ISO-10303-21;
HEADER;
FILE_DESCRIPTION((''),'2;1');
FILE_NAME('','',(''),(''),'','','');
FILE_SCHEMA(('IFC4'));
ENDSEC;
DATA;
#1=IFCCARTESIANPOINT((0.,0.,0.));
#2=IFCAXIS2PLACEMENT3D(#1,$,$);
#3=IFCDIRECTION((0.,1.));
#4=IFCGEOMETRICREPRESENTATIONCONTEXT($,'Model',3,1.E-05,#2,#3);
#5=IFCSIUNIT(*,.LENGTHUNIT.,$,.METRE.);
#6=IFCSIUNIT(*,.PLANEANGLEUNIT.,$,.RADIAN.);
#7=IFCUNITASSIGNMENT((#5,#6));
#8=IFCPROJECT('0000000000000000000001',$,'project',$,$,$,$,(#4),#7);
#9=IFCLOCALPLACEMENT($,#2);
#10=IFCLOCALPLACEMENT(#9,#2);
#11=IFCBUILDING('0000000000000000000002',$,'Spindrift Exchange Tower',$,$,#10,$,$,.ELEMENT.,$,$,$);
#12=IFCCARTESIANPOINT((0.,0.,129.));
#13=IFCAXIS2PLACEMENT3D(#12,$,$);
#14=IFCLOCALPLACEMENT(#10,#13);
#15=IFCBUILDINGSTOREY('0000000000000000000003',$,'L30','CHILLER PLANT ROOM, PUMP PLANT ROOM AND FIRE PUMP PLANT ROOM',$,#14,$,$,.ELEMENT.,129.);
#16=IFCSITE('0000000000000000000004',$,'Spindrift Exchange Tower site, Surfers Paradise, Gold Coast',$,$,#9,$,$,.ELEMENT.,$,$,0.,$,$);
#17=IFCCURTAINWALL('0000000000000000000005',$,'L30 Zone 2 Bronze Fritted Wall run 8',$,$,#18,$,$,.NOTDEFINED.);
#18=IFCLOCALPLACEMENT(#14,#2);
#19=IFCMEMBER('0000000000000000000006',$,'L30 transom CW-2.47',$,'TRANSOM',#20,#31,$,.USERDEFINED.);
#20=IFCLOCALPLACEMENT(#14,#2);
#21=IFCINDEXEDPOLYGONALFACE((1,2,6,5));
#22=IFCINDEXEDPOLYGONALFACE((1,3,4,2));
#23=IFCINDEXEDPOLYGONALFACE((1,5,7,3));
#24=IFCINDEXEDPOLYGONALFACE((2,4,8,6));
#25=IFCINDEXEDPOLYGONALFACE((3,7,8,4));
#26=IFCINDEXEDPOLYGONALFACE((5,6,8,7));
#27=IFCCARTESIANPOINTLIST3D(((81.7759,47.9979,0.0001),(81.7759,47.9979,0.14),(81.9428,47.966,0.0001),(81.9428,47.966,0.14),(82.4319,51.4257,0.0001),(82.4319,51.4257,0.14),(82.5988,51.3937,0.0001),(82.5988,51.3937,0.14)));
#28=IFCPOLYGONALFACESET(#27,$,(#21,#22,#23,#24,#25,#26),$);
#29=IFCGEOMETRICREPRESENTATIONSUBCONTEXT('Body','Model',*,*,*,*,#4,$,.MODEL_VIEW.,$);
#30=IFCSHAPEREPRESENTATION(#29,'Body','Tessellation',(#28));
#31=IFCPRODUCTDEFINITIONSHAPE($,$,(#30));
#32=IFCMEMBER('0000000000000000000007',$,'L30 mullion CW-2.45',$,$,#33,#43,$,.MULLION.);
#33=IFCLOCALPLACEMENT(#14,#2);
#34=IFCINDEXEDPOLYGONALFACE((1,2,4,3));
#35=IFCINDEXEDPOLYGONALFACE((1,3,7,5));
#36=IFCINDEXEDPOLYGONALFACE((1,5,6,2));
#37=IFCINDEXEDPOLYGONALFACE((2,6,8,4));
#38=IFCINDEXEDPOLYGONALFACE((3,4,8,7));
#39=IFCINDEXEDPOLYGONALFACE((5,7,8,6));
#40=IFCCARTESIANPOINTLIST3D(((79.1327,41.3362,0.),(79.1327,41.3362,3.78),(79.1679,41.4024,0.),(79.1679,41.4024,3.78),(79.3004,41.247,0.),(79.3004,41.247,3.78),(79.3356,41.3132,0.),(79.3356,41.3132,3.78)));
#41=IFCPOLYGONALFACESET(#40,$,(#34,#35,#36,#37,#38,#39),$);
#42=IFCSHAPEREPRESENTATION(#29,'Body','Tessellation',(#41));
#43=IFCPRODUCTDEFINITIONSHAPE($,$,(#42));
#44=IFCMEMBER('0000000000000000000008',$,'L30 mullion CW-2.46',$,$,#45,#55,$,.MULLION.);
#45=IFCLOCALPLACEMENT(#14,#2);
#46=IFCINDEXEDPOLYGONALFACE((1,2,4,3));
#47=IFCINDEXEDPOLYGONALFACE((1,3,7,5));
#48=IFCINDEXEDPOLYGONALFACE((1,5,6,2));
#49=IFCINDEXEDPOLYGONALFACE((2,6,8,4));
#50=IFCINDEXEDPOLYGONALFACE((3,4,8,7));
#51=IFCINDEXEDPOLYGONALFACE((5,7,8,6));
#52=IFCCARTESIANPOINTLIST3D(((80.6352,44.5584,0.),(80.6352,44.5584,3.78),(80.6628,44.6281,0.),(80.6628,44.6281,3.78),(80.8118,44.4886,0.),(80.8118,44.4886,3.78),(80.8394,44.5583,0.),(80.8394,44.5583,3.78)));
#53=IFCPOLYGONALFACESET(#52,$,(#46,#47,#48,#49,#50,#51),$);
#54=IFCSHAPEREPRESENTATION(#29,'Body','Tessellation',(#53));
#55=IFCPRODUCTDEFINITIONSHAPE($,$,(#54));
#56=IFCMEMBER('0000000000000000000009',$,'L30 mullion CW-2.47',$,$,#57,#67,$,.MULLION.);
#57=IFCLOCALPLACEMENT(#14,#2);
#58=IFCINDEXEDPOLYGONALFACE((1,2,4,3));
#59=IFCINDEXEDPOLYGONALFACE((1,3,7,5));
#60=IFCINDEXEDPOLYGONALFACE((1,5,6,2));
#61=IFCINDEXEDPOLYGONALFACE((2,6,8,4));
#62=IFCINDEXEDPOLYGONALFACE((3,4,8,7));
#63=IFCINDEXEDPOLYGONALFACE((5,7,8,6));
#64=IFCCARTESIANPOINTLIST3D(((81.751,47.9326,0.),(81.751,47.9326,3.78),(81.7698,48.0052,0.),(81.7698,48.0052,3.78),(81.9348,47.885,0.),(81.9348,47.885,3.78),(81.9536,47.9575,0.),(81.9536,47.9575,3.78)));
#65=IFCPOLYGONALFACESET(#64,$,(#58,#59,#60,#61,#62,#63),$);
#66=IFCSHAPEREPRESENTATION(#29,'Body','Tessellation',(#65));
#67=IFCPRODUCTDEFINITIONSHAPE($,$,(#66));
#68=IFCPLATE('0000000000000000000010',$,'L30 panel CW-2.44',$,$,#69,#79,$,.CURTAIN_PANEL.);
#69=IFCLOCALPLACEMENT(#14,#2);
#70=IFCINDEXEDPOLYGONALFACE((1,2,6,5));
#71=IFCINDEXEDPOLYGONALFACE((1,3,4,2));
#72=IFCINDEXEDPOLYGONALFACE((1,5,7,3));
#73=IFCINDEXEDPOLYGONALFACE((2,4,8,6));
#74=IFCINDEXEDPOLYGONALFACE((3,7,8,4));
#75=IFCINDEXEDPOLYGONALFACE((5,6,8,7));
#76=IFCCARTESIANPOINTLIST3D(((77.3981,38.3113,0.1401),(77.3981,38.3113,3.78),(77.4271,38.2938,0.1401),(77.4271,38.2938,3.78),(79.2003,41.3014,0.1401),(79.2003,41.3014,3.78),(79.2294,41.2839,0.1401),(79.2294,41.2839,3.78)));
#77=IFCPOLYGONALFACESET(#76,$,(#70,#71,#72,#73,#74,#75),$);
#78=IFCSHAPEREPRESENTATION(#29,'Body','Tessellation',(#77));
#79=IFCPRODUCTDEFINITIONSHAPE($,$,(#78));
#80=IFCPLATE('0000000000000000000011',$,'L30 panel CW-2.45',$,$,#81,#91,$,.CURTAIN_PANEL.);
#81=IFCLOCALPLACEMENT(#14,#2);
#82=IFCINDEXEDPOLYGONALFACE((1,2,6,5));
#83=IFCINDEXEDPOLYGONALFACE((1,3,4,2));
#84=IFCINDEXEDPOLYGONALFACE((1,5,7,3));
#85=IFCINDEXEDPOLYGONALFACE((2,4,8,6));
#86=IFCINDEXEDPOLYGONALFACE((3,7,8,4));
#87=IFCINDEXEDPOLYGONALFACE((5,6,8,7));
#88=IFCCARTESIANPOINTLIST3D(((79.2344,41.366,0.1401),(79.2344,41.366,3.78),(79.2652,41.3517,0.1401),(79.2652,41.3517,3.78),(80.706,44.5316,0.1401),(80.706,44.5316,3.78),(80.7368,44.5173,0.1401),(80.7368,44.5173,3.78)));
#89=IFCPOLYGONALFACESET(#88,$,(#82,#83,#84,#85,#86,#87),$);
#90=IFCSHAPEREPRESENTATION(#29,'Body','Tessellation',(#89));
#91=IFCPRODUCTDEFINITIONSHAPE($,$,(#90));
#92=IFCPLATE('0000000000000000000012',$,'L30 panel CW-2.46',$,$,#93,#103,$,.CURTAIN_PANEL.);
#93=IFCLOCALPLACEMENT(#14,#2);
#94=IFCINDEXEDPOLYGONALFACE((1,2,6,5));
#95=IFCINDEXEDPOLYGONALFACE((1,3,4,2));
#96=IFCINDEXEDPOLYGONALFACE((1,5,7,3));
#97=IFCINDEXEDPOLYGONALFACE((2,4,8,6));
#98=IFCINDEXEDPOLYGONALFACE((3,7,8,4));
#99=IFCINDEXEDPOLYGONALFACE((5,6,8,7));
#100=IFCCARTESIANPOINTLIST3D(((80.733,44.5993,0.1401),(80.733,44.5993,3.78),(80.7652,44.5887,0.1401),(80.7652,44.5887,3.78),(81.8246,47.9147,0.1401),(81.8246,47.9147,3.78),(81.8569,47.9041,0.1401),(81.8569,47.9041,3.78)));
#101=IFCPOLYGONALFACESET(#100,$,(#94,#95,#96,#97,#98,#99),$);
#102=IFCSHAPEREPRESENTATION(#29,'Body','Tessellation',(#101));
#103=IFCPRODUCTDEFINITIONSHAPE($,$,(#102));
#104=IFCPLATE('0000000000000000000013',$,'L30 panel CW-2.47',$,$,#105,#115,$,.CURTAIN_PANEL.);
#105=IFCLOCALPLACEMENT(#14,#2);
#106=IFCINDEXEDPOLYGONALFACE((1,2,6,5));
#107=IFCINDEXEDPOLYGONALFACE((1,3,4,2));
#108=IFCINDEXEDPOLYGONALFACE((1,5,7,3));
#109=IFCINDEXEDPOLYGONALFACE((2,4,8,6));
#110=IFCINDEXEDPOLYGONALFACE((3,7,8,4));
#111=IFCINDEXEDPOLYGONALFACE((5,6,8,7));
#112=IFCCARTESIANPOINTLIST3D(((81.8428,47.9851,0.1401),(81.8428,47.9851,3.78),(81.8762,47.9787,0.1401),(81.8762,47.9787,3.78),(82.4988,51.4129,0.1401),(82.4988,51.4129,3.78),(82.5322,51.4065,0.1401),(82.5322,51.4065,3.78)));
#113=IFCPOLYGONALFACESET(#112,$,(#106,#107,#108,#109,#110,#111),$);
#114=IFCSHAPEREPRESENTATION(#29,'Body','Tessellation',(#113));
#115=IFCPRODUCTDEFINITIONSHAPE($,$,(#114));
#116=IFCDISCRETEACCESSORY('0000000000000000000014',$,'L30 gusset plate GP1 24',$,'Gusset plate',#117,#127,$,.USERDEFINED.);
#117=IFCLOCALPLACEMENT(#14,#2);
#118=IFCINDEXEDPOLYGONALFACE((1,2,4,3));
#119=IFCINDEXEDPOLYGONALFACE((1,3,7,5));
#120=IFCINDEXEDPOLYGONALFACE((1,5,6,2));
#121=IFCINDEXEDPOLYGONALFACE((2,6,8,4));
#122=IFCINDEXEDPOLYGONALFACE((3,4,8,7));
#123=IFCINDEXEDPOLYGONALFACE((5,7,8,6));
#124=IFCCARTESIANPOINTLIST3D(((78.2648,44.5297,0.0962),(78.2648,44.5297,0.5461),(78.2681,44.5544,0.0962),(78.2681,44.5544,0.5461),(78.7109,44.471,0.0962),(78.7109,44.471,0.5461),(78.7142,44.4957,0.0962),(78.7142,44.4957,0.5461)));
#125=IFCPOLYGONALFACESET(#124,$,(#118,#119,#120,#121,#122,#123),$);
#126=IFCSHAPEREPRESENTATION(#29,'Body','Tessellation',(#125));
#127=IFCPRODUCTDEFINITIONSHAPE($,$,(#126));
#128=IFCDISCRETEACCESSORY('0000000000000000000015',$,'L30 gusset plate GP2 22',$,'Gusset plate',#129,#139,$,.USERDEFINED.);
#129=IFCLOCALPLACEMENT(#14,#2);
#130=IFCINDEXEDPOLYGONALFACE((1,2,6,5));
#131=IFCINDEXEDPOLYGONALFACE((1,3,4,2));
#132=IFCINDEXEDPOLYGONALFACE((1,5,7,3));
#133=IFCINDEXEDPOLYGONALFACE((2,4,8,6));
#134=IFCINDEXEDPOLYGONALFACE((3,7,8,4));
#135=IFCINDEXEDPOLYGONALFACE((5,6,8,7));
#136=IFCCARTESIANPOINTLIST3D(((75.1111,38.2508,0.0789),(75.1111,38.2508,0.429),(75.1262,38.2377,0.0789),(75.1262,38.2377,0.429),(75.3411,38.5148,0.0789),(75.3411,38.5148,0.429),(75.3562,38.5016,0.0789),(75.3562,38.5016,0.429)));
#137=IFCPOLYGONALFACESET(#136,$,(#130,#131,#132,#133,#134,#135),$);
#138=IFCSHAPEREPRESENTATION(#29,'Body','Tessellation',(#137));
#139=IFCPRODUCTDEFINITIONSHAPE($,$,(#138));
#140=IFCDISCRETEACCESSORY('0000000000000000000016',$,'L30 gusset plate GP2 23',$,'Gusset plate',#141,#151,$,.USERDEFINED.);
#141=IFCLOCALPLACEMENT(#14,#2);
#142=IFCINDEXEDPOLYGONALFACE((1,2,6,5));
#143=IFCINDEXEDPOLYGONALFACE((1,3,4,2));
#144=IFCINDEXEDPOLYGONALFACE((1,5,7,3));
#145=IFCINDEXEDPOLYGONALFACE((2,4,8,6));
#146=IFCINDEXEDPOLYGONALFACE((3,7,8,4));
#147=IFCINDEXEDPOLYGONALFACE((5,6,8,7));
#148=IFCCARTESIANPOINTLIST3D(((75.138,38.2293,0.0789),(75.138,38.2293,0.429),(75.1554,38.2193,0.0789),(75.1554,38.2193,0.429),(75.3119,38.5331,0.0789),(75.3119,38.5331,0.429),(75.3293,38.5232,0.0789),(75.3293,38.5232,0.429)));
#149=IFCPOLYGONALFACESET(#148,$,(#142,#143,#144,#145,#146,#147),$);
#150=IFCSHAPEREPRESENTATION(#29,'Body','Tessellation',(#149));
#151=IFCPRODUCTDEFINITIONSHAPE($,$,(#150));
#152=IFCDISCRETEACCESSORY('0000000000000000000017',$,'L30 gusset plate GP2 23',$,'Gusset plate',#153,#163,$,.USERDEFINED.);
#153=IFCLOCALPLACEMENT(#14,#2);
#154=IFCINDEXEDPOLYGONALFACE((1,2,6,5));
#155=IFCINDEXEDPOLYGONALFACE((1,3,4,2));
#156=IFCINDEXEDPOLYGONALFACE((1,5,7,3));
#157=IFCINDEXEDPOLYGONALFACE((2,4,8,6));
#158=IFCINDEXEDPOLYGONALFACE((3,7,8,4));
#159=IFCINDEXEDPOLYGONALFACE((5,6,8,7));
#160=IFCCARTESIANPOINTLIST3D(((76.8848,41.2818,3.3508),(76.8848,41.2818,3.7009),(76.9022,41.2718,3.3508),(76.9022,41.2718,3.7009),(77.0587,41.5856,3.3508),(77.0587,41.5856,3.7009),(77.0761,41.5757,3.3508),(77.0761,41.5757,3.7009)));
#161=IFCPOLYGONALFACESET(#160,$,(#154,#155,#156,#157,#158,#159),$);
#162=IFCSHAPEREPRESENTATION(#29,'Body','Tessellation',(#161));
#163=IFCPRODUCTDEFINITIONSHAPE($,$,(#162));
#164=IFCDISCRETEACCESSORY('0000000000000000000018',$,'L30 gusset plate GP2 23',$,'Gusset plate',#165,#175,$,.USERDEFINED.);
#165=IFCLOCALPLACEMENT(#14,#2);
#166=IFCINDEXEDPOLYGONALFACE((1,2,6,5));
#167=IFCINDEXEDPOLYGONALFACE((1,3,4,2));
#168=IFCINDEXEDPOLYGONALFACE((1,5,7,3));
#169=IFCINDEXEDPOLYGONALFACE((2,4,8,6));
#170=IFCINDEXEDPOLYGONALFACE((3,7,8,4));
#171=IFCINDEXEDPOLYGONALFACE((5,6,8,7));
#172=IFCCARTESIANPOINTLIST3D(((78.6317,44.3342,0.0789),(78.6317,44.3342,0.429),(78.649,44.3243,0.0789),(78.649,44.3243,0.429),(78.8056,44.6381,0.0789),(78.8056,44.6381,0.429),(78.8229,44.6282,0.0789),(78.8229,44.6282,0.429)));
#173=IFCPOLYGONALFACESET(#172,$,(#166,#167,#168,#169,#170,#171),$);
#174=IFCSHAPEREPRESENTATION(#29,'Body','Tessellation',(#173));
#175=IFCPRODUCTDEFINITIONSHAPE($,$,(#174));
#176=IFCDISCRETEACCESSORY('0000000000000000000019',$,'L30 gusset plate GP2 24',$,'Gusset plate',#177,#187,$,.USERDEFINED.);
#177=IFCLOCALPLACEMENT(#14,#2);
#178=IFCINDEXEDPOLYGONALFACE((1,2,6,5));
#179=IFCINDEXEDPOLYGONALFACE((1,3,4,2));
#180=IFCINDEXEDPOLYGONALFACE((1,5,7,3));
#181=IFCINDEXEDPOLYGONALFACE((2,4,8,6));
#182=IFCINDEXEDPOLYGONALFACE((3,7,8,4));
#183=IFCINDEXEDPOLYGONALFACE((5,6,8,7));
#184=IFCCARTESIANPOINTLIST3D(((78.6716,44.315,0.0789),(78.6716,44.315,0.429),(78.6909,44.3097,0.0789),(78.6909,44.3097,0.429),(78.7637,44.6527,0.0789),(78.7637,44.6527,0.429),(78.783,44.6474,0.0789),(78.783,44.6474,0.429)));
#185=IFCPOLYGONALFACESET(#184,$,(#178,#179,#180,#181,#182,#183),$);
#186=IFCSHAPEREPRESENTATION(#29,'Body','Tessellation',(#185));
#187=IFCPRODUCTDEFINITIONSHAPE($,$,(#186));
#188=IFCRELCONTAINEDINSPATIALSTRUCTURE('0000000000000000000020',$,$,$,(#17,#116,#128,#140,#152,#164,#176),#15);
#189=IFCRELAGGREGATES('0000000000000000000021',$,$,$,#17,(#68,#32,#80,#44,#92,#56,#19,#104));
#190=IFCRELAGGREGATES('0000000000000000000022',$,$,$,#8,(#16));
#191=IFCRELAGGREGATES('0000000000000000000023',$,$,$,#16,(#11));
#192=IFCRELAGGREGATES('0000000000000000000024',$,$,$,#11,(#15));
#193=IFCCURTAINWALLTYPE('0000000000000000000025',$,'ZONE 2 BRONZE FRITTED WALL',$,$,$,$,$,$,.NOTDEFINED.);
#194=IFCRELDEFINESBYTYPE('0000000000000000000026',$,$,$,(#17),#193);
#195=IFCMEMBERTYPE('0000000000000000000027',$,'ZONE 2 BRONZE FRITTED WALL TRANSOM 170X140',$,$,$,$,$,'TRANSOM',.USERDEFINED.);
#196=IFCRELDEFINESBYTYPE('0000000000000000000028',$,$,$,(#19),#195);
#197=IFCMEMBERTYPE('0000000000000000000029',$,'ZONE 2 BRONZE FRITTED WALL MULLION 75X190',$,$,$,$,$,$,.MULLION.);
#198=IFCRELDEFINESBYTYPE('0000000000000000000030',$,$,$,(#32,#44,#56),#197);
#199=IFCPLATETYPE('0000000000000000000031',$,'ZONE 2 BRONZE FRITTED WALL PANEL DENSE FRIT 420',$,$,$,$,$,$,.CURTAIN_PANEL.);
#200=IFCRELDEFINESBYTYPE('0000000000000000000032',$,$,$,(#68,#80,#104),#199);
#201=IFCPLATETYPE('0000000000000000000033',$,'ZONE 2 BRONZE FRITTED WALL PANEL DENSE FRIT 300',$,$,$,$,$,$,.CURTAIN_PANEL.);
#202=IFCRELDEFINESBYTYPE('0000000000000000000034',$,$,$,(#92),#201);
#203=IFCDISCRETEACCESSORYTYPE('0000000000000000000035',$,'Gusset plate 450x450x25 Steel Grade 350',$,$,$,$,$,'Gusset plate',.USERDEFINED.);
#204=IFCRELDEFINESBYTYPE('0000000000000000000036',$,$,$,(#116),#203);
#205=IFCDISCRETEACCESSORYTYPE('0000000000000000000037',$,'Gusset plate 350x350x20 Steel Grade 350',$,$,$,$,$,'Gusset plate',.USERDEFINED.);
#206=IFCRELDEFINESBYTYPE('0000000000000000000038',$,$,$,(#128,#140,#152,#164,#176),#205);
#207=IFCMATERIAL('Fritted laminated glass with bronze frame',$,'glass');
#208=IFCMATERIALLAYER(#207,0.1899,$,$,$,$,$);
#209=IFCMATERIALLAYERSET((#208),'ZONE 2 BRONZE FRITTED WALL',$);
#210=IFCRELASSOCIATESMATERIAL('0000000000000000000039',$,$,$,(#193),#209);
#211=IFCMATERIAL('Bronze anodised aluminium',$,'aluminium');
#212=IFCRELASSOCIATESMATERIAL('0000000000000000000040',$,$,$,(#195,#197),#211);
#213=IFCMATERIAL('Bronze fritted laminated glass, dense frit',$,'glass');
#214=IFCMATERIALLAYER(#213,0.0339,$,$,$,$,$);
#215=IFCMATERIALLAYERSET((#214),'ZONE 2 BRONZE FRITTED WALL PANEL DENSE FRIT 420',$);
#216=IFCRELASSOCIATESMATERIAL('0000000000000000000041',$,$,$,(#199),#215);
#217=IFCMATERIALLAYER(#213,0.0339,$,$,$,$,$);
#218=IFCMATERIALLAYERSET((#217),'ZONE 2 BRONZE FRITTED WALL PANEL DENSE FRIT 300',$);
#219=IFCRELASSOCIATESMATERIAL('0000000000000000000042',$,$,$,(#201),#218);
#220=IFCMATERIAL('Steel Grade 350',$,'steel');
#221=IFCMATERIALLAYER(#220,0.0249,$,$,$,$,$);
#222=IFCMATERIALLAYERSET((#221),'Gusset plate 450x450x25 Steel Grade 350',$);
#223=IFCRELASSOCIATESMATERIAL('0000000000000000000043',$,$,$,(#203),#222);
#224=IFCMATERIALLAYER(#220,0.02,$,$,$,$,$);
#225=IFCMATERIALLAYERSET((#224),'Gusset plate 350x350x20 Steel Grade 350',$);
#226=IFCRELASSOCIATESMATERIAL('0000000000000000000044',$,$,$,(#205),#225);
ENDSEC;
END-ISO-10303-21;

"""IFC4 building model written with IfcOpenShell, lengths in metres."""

from ifc_helpers import new_model, si_unit, direction, frame, origin, origin_2d, place, context, subcontext, project, spatial, rectangle, extrude, source, transform, mapped, material, layer, layer_set, material_profile, profile_set, type_object, element, aggregate, save


model = new_model("IFC4")

# Units and contexts
model_context = context("Model", 3, precision=1e-05, world=origin(), true_north=direction((0.0, 1.0)))
body_context = subcontext(model_context, "Body", "Model", "MODEL_VIEW")
ifc_project = project(units=[si_unit("LENGTHUNIT", "METRE"), si_unit("PLANEANGLEUNIT", "RADIAN")], contexts=[model_context])

# Site, building, storey
site_placement = place(None, origin())
site = spatial("IfcSite", under=ifc_project, at=site_placement, Name="Spindrift Exchange Tower site, Surfers Paradise, Gold Coast", CompositionType="ELEMENT", RefElevation=0.0)
building_placement = place(site_placement, origin())
building = spatial("IfcBuilding", under=site, at=building_placement, Name="Spindrift Exchange Tower", CompositionType="ELEMENT")
storey_placement = place(building_placement, frame((0.0, 0.0, 129.0)))
storey = spatial("IfcBuildingStorey", under=building, at=storey_placement, Name="L30", Description="CHILLER PLANT ROOM, PUMP PLANT ROOM AND FIRE PUMP PLANT ROOM", CompositionType="ELEMENT", Elevation=129.0)

# Shared definitions
ifc_material_1 = material(Name="Steel Grade 350", Category="steel")

# Curtain wall, members, plates
ifc_material_2 = material(Name="Fritted laminated glass with bronze frame", Category="glass")
ifc_layer_1 = layer(ifc_material_2, 0.1899)
ifc_layer_set_1 = layer_set([ifc_layer_1], Name="ZONE 2 BRONZE FRITTED WALL")
curtain_wall_type = type_object("IfcCurtainWallType", Name="ZONE 2 BRONZE FRITTED WALL", PredefinedType="NOTDEFINED", material=ifc_layer_set_1)
curtain_wall_placement = place(storey_placement, origin())
curtain_wall = element("IfcCurtainWall", 1, at=curtain_wall_placement, inside=storey, type_object=curtain_wall_type, Name="L30 Zone 2 Bronze Fritted Wall run 8", PredefinedType="NOTDEFINED")
ifc_material_3 = material(Name="Bronze anodised aluminium", Category="aluminium")
ifc_material_profile_1 = material_profile(ifc_material_3, rectangle(XDim=0.1699, YDim=0.1399, at=origin_2d()), Name="ZONE 2 BRONZE FRITTED WALL TRANSOM 170X140")
ifc_profile_set_1 = profile_set([ifc_material_profile_1], Name="Bronze anodised aluminium")
member_type_1 = type_object("IfcMemberType", Name="ZONE 2 BRONZE FRITTED WALL TRANSOM 170X140", ElementType="TRANSOM", PredefinedType="USERDEFINED", material=ifc_profile_set_1)
shared_shape_1 = source(origin(), body_context, "Body", "SweptSolid", [
    extrude(rectangle(XDim=0.1699, YDim=0.1399, at=origin_2d()), origin(), (0.0, 0.0, 1.0), 3.49),
])
member_1_placement = place(storey_placement, frame((81.8594, 47.9819, 0.0701), z_axis=(0.18797, 0.982175, 0.0), x_axis=(-0.982175, 0.18797, 0.0)))
member_1 = element("IfcMember", 2, at=member_1_placement, type_object=member_type_1, Name="L30 transom CW-2.47", ObjectType="TRANSOM", PredefinedType="USERDEFINED", context=body_context, shape_type="MappedRepresentation", body=[
    mapped(shared_shape_1, transform((0.0, 0.0, 0.0), scale=1.0)),
])
ifc_material_profile_2 = material_profile(ifc_material_3, rectangle(XDim=0.075, YDim=0.1899, at=origin_2d()), Name="ZONE 2 BRONZE FRITTED WALL MULLION 75X190")
ifc_profile_set_2 = profile_set([ifc_material_profile_2], Name="Bronze anodised aluminium")
member_type_2 = type_object("IfcMemberType", Name="ZONE 2 BRONZE FRITTED WALL MULLION 75X190", PredefinedType="MULLION", material=ifc_profile_set_2)
shared_shape_2 = source(origin(), body_context, "Body", "SweptSolid", [
    extrude(rectangle(XDim=0.075, YDim=0.1899, at=origin_2d()), origin(), (0.0, 0.0, 1.0), 3.78),
])
member_2_placement = place(storey_placement, frame((79.2341, 41.3247, 0.0), z_axis=(0.0, 0.0, 1.0), x_axis=(0.46956, 0.882901, 0.0)))
member_2 = element("IfcMember", 3, at=member_2_placement, type_object=member_type_2, Name="L30 mullion CW-2.45", PredefinedType="MULLION", context=body_context, shape_type="MappedRepresentation", body=[
    mapped(shared_shape_2, transform((0.0, 0.0, 0.0), scale=1.0)),
])
member_3_placement = place(storey_placement, frame((80.7373, 44.5583, 0.0), z_axis=(0.0, 0.0, 1.0), x_axis=(0.367778, 0.929914, 0.0)))
member_3 = element("IfcMember", 4, at=member_3_placement, type_object=member_type_2, Name="L30 mullion CW-2.46", PredefinedType="MULLION", context=body_context, shape_type="MappedRepresentation", body=[
    mapped(shared_shape_2, transform((0.0, 0.0, 0.0), scale=1.0)),
])
member_4_placement = place(storey_placement, frame((81.8523, 47.9451, 0.0), z_axis=(0.0, 0.0, 1.0), x_axis=(0.250879, 0.968018, 0.0)))
member_4 = element("IfcMember", 5, at=member_4_placement, type_object=member_type_2, Name="L30 mullion CW-2.47", PredefinedType="MULLION", context=body_context, shape_type="MappedRepresentation", body=[
    mapped(shared_shape_2, transform((0.0, 0.0, 0.0), scale=1.0)),
])
ifc_material_4 = material(Name="Bronze fritted laminated glass, dense frit", Category="glass")
ifc_layer_2 = layer(ifc_material_4, 0.0339)
ifc_layer_set_2 = layer_set([ifc_layer_2], Name="ZONE 2 BRONZE FRITTED WALL PANEL DENSE FRIT 420")
plate_type_1 = type_object("IfcPlateType", Name="ZONE 2 BRONZE FRITTED WALL PANEL DENSE FRIT 420", PredefinedType="CURTAIN_PANEL", material=ifc_layer_set_2)
shared_shape_3 = source(origin(), body_context, "Body", "SweptSolid", [
    extrude(rectangle(XDim=3.4912, YDim=0.0339, at=origin_2d()), origin(), (0.0, 0.0, 1.0), 3.6399),
])
plate_1_placement = place(storey_placement, frame((78.3137, 39.7976, 0.1401), z_axis=(0.0, 0.0, 1.0), x_axis=(0.516222, 0.856455, 0.0)))
plate_1 = element("IfcPlate", 6, at=plate_1_placement, type_object=plate_type_1, Name="L30 panel CW-2.44", PredefinedType="CURTAIN_PANEL", context=body_context, shape_type="MappedRepresentation", body=[
    mapped(shared_shape_3, transform((0.0, 0.0, 0.0), scale=1.0)),
])
shared_shape_4 = source(origin(), body_context, "Body", "SweptSolid", [
    extrude(rectangle(XDim=3.491, YDim=0.0339, at=origin_2d()), origin(), (0.0, 0.0, 1.0), 3.6399),
])
plate_2_placement = place(storey_placement, frame((79.9856, 42.9417, 0.1401), z_axis=(0.0, 0.0, 1.0), x_axis=(0.421547, 0.906807, 0.0)))
plate_2 = element("IfcPlate", 7, at=plate_2_placement, type_object=plate_type_1, Name="L30 panel CW-2.45", PredefinedType="CURTAIN_PANEL", context=body_context, shape_type="MappedRepresentation", body=[
    mapped(shared_shape_4, transform((0.0, 0.0, 0.0), scale=1.0)),
])
ifc_layer_3 = layer(ifc_material_4, 0.0339)
ifc_layer_set_3 = layer_set([ifc_layer_3], Name="ZONE 2 BRONZE FRITTED WALL PANEL DENSE FRIT 300")
plate_type_2 = type_object("IfcPlateType", Name="ZONE 2 BRONZE FRITTED WALL PANEL DENSE FRIT 300", PredefinedType="CURTAIN_PANEL", material=ifc_layer_set_3)
shared_shape_5 = source(origin(), body_context, "Body", "SweptSolid", [
    extrude(rectangle(XDim=3.4905, YDim=0.0339, at=origin_2d()), origin(), (0.0, 0.0, 1.0), 3.6399),
])
plate_3_placement = place(storey_placement, frame((81.2949, 46.2517, 0.1401), z_axis=(0.0, 0.0, 1.0), x_axis=(0.312751, 0.949835, 0.0)))
plate_3 = element("IfcPlate", 8, at=plate_3_placement, type_object=plate_type_2, Name="L30 panel CW-2.46", PredefinedType="CURTAIN_PANEL", context=body_context, shape_type="MappedRepresentation", body=[
    mapped(shared_shape_5, transform((0.0, 0.0, 0.0), scale=1.0)),
])
shared_shape_6 = source(origin(), body_context, "Body", "SweptSolid", [
    extrude(rectangle(XDim=3.49, YDim=0.0339, at=origin_2d()), origin(), (0.0, 0.0, 1.0), 3.6399),
])
plate_4_placement = place(storey_placement, frame((82.1875, 49.6958, 0.1401), z_axis=(0.0, 0.0, 1.0), x_axis=(0.187964, 0.982176, 0.0)))
plate_4 = element("IfcPlate", 9, at=plate_4_placement, type_object=plate_type_1, Name="L30 panel CW-2.47", PredefinedType="CURTAIN_PANEL", context=body_context, shape_type="MappedRepresentation", body=[
    mapped(shared_shape_6, transform((0.0, 0.0, 0.0), scale=1.0)),
])
aggregate(curtain_wall, [plate_1, member_2, plate_2, member_3, plate_3, member_4, member_1, plate_4])

# Discrete accessories
ifc_layer_4 = layer(ifc_material_1, 0.0249)
ifc_layer_set_4 = layer_set([ifc_layer_4], Name="Gusset plate 450x450x25 Steel Grade 350")
discrete_accessory_type_1 = type_object("IfcDiscreteAccessoryType", Name="Gusset plate 450x450x25 Steel Grade 350", ElementType="Gusset plate", PredefinedType="USERDEFINED", material=ifc_layer_set_4)
shared_shape_7 = source(origin(), body_context, "Body", "SweptSolid", [
    extrude(rectangle(XDim=0.45, YDim=0.0249, at=origin_2d()), origin(), (0.0, 0.0, 1.0), 0.45),
])
discrete_accessory_placement = place(storey_placement, frame((78.4895, 44.5127, 0.0962), z_axis=(0.0, 0.0, 1.0), x_axis=(0.991444, -0.130533, 0.0)))
element("IfcDiscreteAccessory", 10, at=discrete_accessory_placement, inside=storey, type_object=discrete_accessory_type_1, Name="L30 gusset plate GP1 24", ObjectType="Gusset plate", PredefinedType="USERDEFINED", context=body_context, shape_type="MappedRepresentation", body=[
    mapped(shared_shape_7, transform((0.0, 0.0, 0.0), scale=1.0)),
])
ifc_layer_5 = layer(ifc_material_1, 0.02)
ifc_layer_set_5 = layer_set([ifc_layer_5], Name="Gusset plate 350x350x20 Steel Grade 350")
discrete_accessory_type_2 = type_object("IfcDiscreteAccessoryType", Name="Gusset plate 350x350x20 Steel Grade 350", ElementType="Gusset plate", PredefinedType="USERDEFINED", material=ifc_layer_set_5)
shared_shape_8 = source(origin(), body_context, "Body", "SweptSolid", [
    extrude(rectangle(XDim=0.3501, YDim=0.02, at=origin_2d()), origin(), (0.0, 0.0, 1.0), 0.3501),
])
for number, where, z_axis, x_axis, name in (
    (11, (75.2336, 38.3762, 0.0789), (0.0, 0.0, 1.0), (0.656857, 0.754015, 0.0), "L30 gusset plate GP2 22"),
    (12, (75.2336, 38.3762, 0.0789), (0.0, 0.0, 1.0), (0.496677, 0.867935, 0.0), "L30 gusset plate GP2 23"),
    (13, (76.9805, 41.4287, 3.3508), (0.0, 0.0, 1.0), (0.496677, 0.867935, 0.0), "L30 gusset plate GP2 23"),
    (14, (78.7273, 44.4812, 0.0789), (0.0, 0.0, 1.0), (0.4967, 0.867922, 0.0), "L30 gusset plate GP2 23"),
    (15, (78.7273, 44.4812, 0.0789), (0.0, 0.0, 1.0), (0.26324, 0.96473, 0.0), "L30 gusset plate GP2 24"),
):
    element("IfcDiscreteAccessory", number, at=place(storey_placement, frame(where, z_axis=z_axis, x_axis=x_axis)), inside=storey, type_object=discrete_accessory_type_2, Name=name, ObjectType="Gusset plate", PredefinedType="USERDEFINED", context=body_context, shape_type="MappedRepresentation", body=[
        mapped(shared_shape_8, transform((0.0, 0.0, 0.0), scale=1.0)),
    ])

save(model, "model.ifc")
